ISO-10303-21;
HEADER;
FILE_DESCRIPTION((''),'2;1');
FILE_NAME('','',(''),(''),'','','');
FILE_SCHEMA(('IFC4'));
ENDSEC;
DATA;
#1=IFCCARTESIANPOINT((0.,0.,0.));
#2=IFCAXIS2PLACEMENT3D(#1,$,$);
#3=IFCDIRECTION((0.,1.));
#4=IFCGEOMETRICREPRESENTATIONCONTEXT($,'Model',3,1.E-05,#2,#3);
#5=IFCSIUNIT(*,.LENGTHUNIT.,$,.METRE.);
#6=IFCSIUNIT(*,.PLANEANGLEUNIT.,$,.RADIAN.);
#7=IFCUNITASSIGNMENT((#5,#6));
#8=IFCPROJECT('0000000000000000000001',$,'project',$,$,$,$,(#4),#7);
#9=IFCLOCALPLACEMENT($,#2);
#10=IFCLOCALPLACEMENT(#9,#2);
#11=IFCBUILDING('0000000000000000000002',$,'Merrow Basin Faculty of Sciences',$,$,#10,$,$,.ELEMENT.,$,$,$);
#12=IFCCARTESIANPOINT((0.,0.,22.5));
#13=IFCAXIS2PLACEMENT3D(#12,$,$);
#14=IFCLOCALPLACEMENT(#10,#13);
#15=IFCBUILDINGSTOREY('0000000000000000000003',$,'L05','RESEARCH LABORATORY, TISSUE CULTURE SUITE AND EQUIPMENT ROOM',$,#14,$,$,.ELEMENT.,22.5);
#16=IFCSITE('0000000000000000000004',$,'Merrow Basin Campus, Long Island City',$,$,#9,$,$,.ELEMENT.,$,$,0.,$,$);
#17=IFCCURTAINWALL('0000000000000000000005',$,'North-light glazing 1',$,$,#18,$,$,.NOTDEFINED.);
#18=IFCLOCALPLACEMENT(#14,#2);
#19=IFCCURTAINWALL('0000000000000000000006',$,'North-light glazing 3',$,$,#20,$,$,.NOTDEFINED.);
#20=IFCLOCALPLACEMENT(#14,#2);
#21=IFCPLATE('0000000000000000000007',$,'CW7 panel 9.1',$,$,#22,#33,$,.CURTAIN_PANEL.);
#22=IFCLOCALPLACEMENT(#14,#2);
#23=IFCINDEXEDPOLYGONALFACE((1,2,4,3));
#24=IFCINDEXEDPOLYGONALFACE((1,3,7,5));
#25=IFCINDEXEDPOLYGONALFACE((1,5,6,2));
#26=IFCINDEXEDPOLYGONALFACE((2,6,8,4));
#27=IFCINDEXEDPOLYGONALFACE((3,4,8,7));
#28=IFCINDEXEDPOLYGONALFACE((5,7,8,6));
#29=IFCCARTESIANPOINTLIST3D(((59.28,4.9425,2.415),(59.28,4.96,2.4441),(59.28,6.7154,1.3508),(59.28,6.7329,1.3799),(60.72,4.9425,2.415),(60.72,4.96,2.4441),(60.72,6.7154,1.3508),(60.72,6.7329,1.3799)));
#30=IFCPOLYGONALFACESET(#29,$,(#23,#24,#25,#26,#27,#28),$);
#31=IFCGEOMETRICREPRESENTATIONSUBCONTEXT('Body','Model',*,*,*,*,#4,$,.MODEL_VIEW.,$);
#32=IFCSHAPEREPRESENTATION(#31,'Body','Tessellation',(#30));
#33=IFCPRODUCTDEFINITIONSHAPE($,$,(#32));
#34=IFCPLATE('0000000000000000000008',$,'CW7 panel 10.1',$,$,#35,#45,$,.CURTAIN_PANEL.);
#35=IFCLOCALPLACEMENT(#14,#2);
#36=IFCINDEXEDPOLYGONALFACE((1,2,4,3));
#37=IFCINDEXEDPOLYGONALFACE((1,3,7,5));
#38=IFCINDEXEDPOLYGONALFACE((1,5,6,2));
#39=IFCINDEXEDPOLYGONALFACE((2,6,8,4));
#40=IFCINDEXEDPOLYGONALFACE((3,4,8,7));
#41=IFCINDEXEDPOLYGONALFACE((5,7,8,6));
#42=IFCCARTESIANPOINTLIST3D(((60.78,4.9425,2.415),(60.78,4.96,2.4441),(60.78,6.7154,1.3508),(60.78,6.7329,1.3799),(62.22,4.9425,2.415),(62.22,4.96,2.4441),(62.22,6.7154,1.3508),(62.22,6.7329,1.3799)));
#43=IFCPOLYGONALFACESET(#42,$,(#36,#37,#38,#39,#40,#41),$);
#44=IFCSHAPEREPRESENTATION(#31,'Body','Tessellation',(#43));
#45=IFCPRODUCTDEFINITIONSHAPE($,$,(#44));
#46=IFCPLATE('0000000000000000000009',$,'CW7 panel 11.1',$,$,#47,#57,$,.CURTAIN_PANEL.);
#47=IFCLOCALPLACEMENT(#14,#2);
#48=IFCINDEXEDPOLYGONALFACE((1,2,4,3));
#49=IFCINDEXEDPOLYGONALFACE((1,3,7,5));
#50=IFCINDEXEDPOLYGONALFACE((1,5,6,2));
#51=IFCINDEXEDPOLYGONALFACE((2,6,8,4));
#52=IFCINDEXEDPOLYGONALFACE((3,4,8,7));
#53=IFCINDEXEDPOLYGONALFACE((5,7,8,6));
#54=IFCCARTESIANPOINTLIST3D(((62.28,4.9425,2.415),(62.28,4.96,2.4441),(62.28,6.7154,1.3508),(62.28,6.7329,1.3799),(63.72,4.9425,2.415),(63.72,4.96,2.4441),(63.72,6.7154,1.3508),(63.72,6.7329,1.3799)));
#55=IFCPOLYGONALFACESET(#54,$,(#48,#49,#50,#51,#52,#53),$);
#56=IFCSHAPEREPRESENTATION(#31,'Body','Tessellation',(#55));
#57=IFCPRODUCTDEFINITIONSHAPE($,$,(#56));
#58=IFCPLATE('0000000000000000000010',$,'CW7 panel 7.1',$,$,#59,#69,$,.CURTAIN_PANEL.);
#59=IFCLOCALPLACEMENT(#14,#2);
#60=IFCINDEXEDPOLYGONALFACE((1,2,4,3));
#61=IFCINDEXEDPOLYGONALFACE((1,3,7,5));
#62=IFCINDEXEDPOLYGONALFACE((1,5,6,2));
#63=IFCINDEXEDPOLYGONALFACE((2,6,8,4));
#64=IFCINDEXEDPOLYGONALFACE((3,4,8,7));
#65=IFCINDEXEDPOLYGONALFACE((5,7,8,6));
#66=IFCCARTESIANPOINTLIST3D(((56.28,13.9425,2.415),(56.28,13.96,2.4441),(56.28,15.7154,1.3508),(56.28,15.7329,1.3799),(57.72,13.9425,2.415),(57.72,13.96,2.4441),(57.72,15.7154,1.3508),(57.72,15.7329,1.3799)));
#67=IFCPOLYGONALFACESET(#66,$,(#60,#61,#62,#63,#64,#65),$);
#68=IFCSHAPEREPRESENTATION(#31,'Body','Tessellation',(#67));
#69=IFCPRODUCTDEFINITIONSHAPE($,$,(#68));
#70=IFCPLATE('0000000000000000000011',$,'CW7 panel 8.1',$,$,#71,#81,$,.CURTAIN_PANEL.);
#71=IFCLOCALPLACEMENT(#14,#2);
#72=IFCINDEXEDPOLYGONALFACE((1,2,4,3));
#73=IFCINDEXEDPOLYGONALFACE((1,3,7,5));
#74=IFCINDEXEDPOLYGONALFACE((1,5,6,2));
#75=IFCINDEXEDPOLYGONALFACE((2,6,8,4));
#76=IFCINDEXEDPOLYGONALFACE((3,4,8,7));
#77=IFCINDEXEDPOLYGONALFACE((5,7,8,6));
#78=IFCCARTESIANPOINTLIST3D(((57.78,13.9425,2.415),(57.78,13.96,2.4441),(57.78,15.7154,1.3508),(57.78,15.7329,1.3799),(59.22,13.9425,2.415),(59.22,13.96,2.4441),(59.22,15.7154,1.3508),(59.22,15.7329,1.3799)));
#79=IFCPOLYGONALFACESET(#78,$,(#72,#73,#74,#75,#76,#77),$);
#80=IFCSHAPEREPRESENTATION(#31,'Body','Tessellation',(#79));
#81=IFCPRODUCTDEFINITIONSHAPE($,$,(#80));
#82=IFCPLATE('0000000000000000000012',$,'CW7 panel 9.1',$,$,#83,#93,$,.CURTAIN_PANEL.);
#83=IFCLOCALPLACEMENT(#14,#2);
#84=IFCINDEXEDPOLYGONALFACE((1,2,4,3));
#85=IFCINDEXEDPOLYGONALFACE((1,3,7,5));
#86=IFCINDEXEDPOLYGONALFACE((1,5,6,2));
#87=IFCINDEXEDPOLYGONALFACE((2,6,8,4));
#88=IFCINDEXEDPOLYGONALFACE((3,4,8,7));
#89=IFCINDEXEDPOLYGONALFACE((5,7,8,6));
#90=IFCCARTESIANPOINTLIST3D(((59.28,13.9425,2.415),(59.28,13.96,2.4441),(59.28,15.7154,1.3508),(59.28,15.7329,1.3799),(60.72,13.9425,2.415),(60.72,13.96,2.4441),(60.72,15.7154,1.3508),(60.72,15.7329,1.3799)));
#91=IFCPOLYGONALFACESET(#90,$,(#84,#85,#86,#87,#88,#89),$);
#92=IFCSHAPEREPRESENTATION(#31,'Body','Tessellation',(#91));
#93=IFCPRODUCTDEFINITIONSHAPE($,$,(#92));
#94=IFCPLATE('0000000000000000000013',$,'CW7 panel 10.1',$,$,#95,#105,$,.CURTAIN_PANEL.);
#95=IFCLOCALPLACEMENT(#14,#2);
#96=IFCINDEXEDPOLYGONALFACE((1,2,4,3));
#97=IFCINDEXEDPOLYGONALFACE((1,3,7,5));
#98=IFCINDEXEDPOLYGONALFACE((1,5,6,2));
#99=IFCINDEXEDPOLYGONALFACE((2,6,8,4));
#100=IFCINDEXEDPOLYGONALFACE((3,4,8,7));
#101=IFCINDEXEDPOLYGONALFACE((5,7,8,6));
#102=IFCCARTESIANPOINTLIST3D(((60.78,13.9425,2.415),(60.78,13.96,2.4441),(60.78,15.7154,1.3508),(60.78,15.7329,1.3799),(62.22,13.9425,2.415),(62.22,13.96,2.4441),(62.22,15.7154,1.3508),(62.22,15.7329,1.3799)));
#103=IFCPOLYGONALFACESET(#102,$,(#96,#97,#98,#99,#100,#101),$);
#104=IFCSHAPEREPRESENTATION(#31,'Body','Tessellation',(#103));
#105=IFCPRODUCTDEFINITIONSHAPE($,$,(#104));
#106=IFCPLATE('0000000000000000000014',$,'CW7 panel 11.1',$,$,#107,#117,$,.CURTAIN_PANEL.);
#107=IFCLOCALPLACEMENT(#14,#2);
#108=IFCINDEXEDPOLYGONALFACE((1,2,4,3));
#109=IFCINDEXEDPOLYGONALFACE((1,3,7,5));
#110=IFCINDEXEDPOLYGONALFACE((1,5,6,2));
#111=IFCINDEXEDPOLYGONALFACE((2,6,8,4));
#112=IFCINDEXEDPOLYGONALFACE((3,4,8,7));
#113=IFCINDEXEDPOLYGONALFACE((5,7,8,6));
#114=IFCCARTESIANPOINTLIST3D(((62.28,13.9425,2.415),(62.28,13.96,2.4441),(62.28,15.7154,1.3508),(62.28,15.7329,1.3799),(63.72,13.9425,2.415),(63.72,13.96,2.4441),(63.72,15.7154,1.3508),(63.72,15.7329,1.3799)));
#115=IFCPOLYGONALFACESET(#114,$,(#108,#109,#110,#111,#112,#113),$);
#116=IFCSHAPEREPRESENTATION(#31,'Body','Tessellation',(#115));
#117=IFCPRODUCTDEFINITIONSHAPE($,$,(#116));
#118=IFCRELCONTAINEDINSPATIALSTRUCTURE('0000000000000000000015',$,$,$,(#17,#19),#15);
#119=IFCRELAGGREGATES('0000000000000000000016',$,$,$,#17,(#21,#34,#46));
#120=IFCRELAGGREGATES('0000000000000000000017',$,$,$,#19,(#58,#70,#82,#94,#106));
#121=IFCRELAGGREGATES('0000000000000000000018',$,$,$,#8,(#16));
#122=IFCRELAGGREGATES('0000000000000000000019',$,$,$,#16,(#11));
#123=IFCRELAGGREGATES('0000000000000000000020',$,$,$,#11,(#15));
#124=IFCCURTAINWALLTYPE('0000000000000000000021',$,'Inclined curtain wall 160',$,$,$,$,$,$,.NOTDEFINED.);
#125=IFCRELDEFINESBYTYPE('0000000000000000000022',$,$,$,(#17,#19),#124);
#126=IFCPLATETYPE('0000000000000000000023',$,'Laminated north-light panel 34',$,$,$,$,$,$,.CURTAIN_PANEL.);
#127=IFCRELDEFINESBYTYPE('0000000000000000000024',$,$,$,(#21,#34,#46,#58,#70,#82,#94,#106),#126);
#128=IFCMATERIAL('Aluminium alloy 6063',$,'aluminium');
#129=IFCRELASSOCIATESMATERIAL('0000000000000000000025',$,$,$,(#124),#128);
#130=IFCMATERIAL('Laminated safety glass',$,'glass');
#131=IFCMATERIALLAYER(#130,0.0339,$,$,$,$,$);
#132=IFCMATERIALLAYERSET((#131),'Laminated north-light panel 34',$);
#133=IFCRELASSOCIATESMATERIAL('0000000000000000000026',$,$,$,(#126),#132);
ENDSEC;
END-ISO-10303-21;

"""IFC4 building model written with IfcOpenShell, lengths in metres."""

from ifc_helpers import new_model, si_unit, direction, frame, origin, place, context, subcontext, project, spatial, polyline, outline, extrude, material, layer, layer_set, type_object, element, aggregate, save


model = new_model("IFC4")

# Units and contexts
model_context = context("Model", 3, precision=1e-05, world=origin(), true_north=direction((0.0, 1.0)))
body_context = subcontext(model_context, "Body", "Model", "MODEL_VIEW")
ifc_project = project(units=[si_unit("LENGTHUNIT", "METRE"), si_unit("PLANEANGLEUNIT", "RADIAN")], contexts=[model_context])

# Site, building, storey
site_placement = place(None, origin())
site = spatial("IfcSite", under=ifc_project, at=site_placement, Name="Merrow Basin Campus, Long Island City", CompositionType="ELEMENT", RefElevation=0.0)
building_placement = place(site_placement, origin())
building = spatial("IfcBuilding", under=site, at=building_placement, Name="Merrow Basin Faculty of Sciences", CompositionType="ELEMENT")
storey_placement = place(building_placement, frame((0.0, 0.0, 22.5)))
storey = spatial("IfcBuildingStorey", under=building, at=storey_placement, Name="L05", Description="RESEARCH LABORATORY, TISSUE CULTURE SUITE AND EQUIPMENT ROOM", CompositionType="ELEMENT", Elevation=22.5)

# Curtain walls
ifc_material_1 = material(Name="Aluminium alloy 6063", Category="aluminium")
curtain_wall_type = type_object("IfcCurtainWallType", Name="Inclined curtain wall 160", PredefinedType="NOTDEFINED", material=ifc_material_1)
curtain_wall_1_placement = place(storey_placement, origin())
curtain_wall_1 = element("IfcCurtainWall", 1, at=curtain_wall_1_placement, inside=storey, type_object=curtain_wall_type, Name="North-light glazing 1", PredefinedType="NOTDEFINED")
curtain_wall_2_placement = place(storey_placement, origin())
curtain_wall_2 = element("IfcCurtainWall", 2, at=curtain_wall_2_placement, inside=storey, type_object=curtain_wall_type, Name="North-light glazing 3", PredefinedType="NOTDEFINED")

# Plates
ifc_material_2 = material(Name="Laminated safety glass", Category="glass")
ifc_layer = layer(ifc_material_2, 0.0339)
ifc_layer_set = layer_set([ifc_layer], Name="Laminated north-light panel 34")
plate_type = type_object("IfcPlateType", Name="Laminated north-light panel 34", PredefinedType="CURTAIN_PANEL", material=ifc_layer_set)
plate_1_placement = place(storey_placement, frame((59.28, 4.96, 2.4441), z_axis=(0.0, 0.514652, 0.857399), x_axis=(1.0, 0.0, 0.0)))
plate_1 = element("IfcPlate", 3, at=plate_1_placement, type_object=plate_type, Name="CW7 panel 9.1", PredefinedType="CURTAIN_PANEL", context=body_context, shape_type="SweptSolid", body=[
    extrude(outline(polyline([(0.0, 0.0), (1.4399, 0.0), (1.4399, 2.0678), (0.0, 2.0678), (0.0, 0.0)])), origin(), (0.0, 0.0, -1.0), 0.0339),
])
plate_2_placement = place(storey_placement, frame((60.78, 4.96, 2.4441), z_axis=(0.0, 0.514652, 0.857399), x_axis=(1.0, 0.0, 0.0)))
plate_2 = element("IfcPlate", 4, at=plate_2_placement, type_object=plate_type, Name="CW7 panel 10.1", PredefinedType="CURTAIN_PANEL", context=body_context, shape_type="SweptSolid", body=[
    extrude(outline(polyline([(0.0, 0.0), (1.4399, 0.0), (1.4399, 2.0678), (0.0, 2.0678), (0.0, 0.0)])), origin(), (0.0, 0.0, -1.0), 0.0339),
])
plate_3_placement = place(storey_placement, frame((62.28, 4.96, 2.4441), z_axis=(0.0, 0.514652, 0.857399), x_axis=(1.0, 0.0, 0.0)))
plate_3 = element("IfcPlate", 5, at=plate_3_placement, type_object=plate_type, Name="CW7 panel 11.1", PredefinedType="CURTAIN_PANEL", context=body_context, shape_type="SweptSolid", body=[
    extrude(outline(polyline([(0.0, 0.0), (1.4399, 0.0), (1.4399, 2.0678), (0.0, 2.0678), (0.0, 0.0)])), origin(), (0.0, 0.0, -1.0), 0.0339),
])
aggregate(curtain_wall_1, [plate_1, plate_2, plate_3])
plate_4_placement = place(storey_placement, frame((56.28, 13.96, 2.4441), z_axis=(0.0, 0.514652, 0.857399), x_axis=(1.0, 0.0, 0.0)))
plate_4 = element("IfcPlate", 6, at=plate_4_placement, type_object=plate_type, Name="CW7 panel 7.1", PredefinedType="CURTAIN_PANEL", context=body_context, shape_type="SweptSolid", body=[
    extrude(outline(polyline([(0.0, 0.0), (1.4399, 0.0), (1.4399, 2.0678), (0.0, 2.0678), (0.0, 0.0)])), origin(), (0.0, 0.0, -1.0), 0.0339),
])
plate_5_placement = place(storey_placement, frame((57.78, 13.96, 2.4441), z_axis=(0.0, 0.514652, 0.857399), x_axis=(1.0, 0.0, 0.0)))
plate_5 = element("IfcPlate", 7, at=plate_5_placement, type_object=plate_type, Name="CW7 panel 8.1", PredefinedType="CURTAIN_PANEL", context=body_context, shape_type="SweptSolid", body=[
    extrude(outline(polyline([(0.0, 0.0), (1.4399, 0.0), (1.4399, 2.0678), (0.0, 2.0678), (0.0, 0.0)])), origin(), (0.0, 0.0, -1.0), 0.0339),
])
plate_6_placement = place(storey_placement, frame((59.28, 13.96, 2.4441), z_axis=(0.0, 0.514652, 0.857399), x_axis=(1.0, 0.0, 0.0)))
plate_6 = element("IfcPlate", 8, at=plate_6_placement, type_object=plate_type, Name="CW7 panel 9.1", PredefinedType="CURTAIN_PANEL", context=body_context, shape_type="SweptSolid", body=[
    extrude(outline(polyline([(0.0, 0.0), (1.4399, 0.0), (1.4399, 2.0678), (0.0, 2.0678), (0.0, 0.0)])), origin(), (0.0, 0.0, -1.0), 0.0339),
])
plate_7_placement = place(storey_placement, frame((60.78, 13.96, 2.4441), z_axis=(0.0, 0.514652, 0.857399), x_axis=(1.0, 0.0, 0.0)))
plate_7 = element("IfcPlate", 9, at=plate_7_placement, type_object=plate_type, Name="CW7 panel 10.1", PredefinedType="CURTAIN_PANEL", context=body_context, shape_type="SweptSolid", body=[
    extrude(outline(polyline([(0.0, 0.0), (1.4399, 0.0), (1.4399, 2.0678), (0.0, 2.0678), (0.0, 0.0)])), origin(), (0.0, 0.0, -1.0), 0.0339),
])
plate_8_placement = place(storey_placement, frame((62.28, 13.96, 2.4441), z_axis=(0.0, 0.514652, 0.857399), x_axis=(1.0, 0.0, 0.0)))
plate_8 = element("IfcPlate", 10, at=plate_8_placement, type_object=plate_type, Name="CW7 panel 11.1", PredefinedType="CURTAIN_PANEL", context=body_context, shape_type="SweptSolid", body=[
    extrude(outline(polyline([(0.0, 0.0), (1.4399, 0.0), (1.4399, 2.0678), (0.0, 2.0678), (0.0, 0.0)])), origin(), (0.0, 0.0, -1.0), 0.0339),
])
aggregate(curtain_wall_2, [plate_4, plate_5, plate_6, plate_7, plate_8])

save(model, "model.ifc")
